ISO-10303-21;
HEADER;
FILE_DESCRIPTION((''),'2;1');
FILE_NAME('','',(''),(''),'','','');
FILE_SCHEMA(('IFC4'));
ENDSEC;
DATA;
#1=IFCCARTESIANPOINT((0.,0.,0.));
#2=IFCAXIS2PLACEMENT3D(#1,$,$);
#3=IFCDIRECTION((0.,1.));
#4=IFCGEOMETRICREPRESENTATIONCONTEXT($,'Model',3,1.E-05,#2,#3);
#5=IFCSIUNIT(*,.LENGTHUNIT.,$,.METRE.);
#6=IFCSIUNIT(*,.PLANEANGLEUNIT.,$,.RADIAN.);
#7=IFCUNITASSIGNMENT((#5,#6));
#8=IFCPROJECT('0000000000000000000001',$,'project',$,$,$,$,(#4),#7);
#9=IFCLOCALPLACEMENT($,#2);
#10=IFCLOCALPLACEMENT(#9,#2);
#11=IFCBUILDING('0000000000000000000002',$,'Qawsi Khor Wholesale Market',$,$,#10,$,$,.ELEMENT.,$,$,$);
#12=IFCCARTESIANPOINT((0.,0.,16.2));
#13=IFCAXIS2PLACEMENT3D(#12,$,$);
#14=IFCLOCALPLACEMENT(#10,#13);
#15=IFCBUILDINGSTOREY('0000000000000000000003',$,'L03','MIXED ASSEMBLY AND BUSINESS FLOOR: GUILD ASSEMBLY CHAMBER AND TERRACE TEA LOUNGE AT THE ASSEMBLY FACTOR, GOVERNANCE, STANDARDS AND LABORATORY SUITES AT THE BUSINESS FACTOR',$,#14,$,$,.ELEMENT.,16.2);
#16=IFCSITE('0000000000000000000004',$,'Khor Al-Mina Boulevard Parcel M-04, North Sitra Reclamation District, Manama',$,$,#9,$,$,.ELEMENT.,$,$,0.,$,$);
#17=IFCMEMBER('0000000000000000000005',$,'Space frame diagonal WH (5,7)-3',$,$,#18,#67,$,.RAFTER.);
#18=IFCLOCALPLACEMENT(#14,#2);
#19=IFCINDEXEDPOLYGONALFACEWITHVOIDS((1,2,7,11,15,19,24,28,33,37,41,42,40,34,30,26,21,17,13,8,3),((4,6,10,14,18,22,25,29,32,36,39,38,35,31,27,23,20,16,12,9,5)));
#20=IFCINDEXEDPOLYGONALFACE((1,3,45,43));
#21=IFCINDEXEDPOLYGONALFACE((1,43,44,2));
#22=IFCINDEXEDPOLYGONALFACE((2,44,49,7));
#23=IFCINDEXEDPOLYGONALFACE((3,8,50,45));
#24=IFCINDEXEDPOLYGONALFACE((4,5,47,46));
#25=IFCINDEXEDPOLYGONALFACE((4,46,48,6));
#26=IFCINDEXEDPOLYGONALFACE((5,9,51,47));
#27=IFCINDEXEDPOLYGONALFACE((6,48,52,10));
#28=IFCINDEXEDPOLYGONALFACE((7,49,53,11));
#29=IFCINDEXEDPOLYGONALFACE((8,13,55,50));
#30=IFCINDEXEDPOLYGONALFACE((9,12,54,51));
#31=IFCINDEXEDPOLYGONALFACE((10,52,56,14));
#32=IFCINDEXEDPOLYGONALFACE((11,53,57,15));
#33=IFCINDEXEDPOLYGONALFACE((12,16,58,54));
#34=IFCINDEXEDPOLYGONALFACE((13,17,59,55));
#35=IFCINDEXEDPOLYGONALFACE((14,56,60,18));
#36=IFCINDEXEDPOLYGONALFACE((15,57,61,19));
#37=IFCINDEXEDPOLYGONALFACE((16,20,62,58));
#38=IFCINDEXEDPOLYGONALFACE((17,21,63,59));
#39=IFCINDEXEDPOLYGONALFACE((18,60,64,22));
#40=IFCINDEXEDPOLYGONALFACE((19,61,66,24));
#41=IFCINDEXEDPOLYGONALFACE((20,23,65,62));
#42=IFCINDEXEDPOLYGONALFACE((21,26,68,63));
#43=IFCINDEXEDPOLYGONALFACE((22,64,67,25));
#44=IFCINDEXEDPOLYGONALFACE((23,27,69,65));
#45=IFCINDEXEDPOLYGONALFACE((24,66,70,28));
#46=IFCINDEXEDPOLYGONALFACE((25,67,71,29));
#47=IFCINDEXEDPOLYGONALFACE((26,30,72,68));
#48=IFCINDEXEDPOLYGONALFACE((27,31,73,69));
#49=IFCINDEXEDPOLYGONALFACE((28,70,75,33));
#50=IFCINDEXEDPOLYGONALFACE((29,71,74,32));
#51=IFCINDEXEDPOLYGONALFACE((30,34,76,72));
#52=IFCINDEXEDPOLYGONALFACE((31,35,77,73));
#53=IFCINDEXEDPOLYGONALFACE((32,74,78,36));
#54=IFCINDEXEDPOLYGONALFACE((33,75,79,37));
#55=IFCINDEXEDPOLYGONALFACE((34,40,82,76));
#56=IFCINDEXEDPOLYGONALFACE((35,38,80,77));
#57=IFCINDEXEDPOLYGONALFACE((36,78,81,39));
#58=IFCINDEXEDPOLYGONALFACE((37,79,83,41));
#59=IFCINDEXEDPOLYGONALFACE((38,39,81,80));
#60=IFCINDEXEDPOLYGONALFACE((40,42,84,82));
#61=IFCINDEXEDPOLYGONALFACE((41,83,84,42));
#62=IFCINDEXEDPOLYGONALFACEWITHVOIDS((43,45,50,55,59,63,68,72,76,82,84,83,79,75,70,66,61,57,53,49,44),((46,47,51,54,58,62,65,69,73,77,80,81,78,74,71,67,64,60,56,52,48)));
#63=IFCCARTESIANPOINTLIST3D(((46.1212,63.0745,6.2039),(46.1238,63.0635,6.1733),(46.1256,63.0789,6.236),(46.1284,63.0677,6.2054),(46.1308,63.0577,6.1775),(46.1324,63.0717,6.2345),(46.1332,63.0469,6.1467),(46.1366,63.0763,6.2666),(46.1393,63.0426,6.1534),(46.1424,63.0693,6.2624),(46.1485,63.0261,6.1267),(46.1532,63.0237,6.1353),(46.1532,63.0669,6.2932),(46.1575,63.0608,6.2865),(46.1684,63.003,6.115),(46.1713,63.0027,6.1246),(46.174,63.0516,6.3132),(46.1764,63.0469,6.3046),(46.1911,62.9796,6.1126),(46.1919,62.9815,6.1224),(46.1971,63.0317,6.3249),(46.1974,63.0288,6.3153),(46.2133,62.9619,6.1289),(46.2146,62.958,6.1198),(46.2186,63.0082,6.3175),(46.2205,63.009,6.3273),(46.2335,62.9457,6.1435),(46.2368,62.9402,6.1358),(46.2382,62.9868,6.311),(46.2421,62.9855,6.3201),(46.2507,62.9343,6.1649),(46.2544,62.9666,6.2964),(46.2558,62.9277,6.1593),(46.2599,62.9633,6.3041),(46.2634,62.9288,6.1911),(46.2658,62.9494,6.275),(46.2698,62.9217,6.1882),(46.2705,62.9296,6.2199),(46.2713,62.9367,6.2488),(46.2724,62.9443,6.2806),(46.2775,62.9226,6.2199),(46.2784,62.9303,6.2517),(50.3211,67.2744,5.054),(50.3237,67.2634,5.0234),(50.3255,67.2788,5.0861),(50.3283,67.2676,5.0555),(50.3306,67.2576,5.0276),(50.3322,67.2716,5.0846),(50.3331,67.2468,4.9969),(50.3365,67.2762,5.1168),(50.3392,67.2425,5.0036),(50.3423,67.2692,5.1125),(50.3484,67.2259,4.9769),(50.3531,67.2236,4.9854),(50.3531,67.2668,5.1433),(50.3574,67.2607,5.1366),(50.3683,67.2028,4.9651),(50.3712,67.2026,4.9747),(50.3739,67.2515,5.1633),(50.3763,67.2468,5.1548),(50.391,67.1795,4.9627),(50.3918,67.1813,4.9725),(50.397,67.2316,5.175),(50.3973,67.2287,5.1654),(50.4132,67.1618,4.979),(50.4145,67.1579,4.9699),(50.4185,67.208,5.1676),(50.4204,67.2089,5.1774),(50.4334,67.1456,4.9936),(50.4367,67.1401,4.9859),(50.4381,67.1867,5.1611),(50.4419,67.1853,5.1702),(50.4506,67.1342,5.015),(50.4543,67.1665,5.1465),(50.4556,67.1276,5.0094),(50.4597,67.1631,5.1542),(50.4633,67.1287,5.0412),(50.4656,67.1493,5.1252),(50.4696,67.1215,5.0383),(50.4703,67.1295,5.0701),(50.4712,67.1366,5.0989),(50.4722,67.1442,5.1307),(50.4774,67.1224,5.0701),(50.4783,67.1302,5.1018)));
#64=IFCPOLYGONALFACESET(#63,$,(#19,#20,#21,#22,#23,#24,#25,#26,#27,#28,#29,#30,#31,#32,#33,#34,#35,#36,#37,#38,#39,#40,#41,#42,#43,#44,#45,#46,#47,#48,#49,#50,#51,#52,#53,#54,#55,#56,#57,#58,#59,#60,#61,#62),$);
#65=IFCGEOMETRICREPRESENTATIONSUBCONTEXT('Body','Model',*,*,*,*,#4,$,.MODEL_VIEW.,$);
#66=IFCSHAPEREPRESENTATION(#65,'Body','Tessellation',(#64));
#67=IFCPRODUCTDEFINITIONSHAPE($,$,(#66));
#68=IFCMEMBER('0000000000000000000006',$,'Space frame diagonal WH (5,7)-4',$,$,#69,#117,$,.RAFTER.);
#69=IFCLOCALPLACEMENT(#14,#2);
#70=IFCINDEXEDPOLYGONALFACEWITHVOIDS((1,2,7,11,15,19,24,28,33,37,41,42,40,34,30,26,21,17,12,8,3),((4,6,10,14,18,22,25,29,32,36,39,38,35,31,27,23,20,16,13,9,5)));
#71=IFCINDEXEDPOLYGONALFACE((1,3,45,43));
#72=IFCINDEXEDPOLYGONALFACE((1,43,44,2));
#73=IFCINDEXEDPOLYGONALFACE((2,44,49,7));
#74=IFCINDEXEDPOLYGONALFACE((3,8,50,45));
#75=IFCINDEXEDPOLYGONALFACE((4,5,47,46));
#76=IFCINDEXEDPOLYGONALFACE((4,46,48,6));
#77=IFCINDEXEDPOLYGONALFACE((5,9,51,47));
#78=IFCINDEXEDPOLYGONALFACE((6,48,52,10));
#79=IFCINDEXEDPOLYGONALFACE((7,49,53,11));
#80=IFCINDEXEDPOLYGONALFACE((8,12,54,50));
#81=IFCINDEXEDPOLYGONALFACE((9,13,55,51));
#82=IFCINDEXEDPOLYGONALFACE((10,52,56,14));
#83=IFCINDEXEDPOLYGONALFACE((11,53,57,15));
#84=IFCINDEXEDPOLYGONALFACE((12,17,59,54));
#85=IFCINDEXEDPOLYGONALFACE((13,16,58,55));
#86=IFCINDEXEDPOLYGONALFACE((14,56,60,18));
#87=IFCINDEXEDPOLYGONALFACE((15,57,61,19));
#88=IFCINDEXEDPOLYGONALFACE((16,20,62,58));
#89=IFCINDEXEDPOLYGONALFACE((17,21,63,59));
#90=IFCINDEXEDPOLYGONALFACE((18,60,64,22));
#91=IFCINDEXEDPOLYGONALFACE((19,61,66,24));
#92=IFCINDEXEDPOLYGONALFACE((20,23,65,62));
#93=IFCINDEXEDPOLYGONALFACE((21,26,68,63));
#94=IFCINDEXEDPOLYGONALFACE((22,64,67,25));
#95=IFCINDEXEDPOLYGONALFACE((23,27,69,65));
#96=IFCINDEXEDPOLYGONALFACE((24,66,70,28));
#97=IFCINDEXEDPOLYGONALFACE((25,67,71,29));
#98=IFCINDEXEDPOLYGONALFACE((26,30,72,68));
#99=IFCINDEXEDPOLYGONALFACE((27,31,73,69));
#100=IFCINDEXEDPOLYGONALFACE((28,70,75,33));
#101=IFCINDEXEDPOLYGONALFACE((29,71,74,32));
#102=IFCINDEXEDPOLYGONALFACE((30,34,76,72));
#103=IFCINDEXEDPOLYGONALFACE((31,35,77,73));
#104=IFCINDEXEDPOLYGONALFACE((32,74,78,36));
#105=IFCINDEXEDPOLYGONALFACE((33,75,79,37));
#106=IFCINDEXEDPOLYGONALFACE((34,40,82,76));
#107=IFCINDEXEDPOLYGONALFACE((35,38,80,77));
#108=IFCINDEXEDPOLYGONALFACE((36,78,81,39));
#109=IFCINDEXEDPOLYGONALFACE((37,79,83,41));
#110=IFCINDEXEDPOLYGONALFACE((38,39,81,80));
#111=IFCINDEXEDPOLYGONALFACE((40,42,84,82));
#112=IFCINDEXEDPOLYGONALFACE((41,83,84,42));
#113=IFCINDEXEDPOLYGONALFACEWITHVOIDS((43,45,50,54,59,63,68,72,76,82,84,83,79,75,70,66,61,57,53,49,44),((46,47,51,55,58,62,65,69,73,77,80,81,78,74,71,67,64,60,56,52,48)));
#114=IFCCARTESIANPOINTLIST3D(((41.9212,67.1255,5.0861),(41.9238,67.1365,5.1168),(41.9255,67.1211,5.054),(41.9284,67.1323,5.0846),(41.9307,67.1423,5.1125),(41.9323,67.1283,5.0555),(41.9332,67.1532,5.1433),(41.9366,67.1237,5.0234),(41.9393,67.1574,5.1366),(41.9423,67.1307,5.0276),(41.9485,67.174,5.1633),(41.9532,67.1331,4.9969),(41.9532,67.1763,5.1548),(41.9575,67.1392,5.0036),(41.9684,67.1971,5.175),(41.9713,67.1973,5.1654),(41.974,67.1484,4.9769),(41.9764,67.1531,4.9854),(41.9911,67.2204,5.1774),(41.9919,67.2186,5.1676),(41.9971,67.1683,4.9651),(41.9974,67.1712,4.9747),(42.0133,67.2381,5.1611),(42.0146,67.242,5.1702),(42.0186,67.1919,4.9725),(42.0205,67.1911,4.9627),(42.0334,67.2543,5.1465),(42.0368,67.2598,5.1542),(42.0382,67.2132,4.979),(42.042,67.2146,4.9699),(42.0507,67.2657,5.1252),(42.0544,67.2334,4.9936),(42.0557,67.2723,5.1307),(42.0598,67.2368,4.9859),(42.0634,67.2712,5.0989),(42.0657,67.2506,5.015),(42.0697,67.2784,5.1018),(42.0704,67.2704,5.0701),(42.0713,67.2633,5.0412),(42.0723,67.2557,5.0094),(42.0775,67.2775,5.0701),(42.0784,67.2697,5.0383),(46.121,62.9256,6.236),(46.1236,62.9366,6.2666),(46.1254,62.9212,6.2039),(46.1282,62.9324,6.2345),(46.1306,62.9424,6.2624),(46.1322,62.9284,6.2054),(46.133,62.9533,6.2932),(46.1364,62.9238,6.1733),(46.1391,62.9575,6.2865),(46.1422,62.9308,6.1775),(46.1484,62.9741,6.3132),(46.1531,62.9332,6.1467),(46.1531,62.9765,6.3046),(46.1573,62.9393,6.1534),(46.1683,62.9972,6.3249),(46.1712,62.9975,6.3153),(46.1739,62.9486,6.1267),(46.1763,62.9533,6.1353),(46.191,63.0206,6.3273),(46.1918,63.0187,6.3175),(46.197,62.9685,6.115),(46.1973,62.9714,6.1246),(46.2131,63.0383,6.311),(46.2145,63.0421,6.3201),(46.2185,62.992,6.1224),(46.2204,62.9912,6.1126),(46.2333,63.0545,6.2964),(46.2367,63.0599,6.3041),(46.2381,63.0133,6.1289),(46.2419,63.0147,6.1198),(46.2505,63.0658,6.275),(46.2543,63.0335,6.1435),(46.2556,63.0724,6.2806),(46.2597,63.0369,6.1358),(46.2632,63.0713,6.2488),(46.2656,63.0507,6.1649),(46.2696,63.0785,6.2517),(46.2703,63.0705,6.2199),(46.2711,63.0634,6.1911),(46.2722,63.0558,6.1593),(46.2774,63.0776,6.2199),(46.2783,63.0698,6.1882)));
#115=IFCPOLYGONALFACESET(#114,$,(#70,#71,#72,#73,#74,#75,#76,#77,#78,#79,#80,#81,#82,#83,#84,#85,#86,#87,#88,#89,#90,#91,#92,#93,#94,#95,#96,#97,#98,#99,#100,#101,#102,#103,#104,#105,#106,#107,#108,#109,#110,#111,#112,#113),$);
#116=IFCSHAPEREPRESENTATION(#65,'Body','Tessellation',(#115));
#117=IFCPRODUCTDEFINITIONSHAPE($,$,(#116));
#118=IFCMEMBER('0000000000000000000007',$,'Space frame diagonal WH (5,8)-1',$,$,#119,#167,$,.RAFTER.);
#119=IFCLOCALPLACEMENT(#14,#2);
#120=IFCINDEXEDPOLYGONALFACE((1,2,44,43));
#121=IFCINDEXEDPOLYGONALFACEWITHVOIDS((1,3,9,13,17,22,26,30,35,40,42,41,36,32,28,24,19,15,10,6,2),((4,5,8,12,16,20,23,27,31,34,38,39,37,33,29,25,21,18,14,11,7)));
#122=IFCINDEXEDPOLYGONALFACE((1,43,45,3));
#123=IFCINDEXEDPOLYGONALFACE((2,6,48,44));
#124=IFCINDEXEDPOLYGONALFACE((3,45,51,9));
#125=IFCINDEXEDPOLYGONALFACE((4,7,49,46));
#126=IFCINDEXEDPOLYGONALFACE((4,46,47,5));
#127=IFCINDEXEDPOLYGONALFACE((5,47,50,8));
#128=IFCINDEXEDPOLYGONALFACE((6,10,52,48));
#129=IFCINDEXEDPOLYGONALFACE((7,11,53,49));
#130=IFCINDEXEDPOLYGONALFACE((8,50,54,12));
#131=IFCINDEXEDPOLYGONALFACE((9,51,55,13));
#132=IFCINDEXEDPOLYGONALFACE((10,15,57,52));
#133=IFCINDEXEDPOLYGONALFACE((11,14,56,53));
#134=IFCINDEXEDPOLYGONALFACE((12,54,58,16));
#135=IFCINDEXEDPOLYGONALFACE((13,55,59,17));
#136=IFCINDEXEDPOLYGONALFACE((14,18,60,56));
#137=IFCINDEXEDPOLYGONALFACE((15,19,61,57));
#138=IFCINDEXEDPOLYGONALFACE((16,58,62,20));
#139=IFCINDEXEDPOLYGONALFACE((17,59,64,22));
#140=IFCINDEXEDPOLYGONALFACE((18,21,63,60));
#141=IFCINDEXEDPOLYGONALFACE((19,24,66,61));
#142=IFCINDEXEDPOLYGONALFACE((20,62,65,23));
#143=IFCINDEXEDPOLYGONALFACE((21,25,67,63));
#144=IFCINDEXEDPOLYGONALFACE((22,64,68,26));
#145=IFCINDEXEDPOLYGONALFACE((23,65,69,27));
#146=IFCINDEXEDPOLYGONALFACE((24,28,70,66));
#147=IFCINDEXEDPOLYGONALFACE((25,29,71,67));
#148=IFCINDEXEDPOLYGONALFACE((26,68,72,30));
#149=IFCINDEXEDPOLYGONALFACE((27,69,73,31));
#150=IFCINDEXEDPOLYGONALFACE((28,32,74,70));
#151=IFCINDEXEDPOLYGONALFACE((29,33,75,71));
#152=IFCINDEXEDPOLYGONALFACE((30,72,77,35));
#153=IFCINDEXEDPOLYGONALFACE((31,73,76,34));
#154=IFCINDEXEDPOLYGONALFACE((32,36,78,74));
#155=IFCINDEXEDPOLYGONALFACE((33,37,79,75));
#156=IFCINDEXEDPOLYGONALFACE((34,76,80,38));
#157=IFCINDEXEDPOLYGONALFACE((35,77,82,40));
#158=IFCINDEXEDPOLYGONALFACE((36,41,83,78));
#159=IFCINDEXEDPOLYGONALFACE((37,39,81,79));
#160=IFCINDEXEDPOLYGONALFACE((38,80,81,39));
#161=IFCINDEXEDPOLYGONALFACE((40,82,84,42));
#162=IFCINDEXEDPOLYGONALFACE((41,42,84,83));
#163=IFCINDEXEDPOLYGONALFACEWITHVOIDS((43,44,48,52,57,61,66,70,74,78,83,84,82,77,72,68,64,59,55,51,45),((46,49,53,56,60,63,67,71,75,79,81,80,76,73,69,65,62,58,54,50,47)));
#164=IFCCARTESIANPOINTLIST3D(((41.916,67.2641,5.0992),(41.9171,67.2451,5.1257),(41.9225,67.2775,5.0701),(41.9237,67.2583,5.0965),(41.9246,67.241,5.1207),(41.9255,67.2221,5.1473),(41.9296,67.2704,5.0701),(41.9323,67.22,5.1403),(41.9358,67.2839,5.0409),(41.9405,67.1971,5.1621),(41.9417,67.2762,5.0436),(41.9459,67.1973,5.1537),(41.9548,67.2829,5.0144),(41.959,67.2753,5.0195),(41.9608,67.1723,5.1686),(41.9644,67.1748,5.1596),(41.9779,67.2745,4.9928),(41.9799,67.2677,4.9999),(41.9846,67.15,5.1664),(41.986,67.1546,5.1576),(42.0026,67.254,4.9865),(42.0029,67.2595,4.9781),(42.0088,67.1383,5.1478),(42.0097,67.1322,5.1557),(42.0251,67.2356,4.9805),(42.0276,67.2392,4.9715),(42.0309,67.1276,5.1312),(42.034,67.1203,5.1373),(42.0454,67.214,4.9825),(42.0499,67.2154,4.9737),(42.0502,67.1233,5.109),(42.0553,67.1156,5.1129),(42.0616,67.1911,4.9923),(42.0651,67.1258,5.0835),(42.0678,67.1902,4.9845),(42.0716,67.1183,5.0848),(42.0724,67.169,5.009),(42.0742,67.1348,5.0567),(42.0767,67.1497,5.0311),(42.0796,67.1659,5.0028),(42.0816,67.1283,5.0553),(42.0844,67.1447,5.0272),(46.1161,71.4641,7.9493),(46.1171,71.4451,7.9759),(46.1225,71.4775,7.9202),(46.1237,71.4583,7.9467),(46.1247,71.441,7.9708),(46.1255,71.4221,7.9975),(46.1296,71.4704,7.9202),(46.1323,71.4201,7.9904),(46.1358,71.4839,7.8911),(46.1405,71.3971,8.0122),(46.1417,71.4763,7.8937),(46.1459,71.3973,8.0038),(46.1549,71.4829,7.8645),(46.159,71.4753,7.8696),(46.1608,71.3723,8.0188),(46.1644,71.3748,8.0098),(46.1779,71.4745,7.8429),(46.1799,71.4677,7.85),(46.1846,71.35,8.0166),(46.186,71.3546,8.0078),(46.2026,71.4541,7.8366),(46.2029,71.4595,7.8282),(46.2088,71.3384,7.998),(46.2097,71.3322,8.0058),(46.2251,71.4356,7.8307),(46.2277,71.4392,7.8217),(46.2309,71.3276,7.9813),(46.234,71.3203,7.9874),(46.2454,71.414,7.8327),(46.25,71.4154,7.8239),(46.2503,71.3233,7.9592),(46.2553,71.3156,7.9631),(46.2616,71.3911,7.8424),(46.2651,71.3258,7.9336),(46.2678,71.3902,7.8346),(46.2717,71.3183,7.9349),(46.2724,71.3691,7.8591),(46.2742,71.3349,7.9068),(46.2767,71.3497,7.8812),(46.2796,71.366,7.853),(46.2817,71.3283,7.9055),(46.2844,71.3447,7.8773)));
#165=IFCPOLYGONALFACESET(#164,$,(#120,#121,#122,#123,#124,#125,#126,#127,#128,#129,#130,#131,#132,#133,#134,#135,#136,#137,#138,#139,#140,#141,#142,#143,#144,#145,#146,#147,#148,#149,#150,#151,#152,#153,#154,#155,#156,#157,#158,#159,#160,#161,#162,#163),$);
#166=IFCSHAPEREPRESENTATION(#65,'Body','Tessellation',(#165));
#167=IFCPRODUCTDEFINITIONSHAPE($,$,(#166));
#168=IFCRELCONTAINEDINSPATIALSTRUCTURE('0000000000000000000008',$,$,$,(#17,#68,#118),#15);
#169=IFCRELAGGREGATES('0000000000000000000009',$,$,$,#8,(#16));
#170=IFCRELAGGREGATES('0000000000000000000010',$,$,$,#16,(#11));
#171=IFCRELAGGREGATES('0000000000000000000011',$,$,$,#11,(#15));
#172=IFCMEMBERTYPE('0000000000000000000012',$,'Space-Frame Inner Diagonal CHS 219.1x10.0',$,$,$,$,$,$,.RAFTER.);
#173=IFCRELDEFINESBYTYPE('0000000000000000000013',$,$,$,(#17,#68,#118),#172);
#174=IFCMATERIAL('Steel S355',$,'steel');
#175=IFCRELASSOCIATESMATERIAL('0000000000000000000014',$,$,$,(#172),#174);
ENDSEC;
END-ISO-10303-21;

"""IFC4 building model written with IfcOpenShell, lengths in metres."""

from ifc_helpers import new_model, si_unit, direction, frame, origin, origin_2d, place, context, subcontext, project, spatial, hollow_circle, extrude, material, material_profile, profile_set, type_object, element, save


model = new_model("IFC4")

# Units and contexts
model_context = context("Model", 3, precision=1e-05, world=origin(), true_north=direction((0.0, 1.0)))
body_context = subcontext(model_context, "Body", "Model", "MODEL_VIEW")
ifc_project = project(units=[si_unit("LENGTHUNIT", "METRE"), si_unit("PLANEANGLEUNIT", "RADIAN")], contexts=[model_context])

# Site, building, storey
site_placement = place(None, origin())
site = spatial("IfcSite", under=ifc_project, at=site_placement, Name="Khor Al-Mina Boulevard Parcel M-04, North Sitra Reclamation District, Manama", CompositionType="ELEMENT", RefElevation=0.0)
building_placement = place(site_placement, origin())
building = spatial("IfcBuilding", under=site, at=building_placement, Name="Qawsi Khor Wholesale Market", CompositionType="ELEMENT")
storey_placement = place(building_placement, frame((0.0, 0.0, 16.2)))
storey = spatial("IfcBuildingStorey", under=building, at=storey_placement, Name="L03", Description="MIXED ASSEMBLY AND BUSINESS FLOOR: GUILD ASSEMBLY CHAMBER AND TERRACE TEA LOUNGE AT THE ASSEMBLY FACTOR, GOVERNANCE, STANDARDS AND LABORATORY SUITES AT THE BUSINESS FACTOR", CompositionType="ELEMENT", Elevation=16.2)

# Members
ifc_material_1 = material(Name="Steel S355", Category="steel")
ifc_material_profile_1 = material_profile(ifc_material_1, hollow_circle(Radius=0.1096, WallThickness=0.01, at=origin_2d()), Name="CHS 219.1x10.0")
ifc_profile_set_1 = profile_set([ifc_material_profile_1], Name="Steel S355")
member_type_1 = type_object("IfcMemberType", Name="Space-Frame Inner Diagonal CHS 219.1x10.0", PredefinedType="RAFTER", material=ifc_profile_set_1)
for number, where, z_axis, x_axis, name in (
    (1, (50.3999, 67.2, 5.0701), (-0.694217, -0.694217, 0.190069), (0.707107, -0.707107, 0.0), "Space frame diagonal WH (5,7)-3"),
    (2, (42.0, 67.2, 5.0701), (0.694217, -0.694217, 0.190069), (0.707107, 0.707107, 0.0), "Space frame diagonal WH (5,7)-4"),
):
    element("IfcMember", number, at=place(storey_placement, frame(where, z_axis=z_axis, x_axis=x_axis)), inside=storey, type_object=member_type_1, Name=name, PredefinedType="RAFTER", context=body_context, shape_type="SweptSolid", body=[
        extrude(hollow_circle(Radius=0.1096, WallThickness=0.01, at=origin_2d()), origin(), (0.0, 0.0, 1.0), 6.0498),
    ])
for number, where, z_axis, x_axis, name in (
    (3, (42.0, 67.2, 5.0701), (0.637512, 0.637512, 0.432617), (-0.707107, 0.707107, 0.0), "Space frame diagonal WH (5,8)-1"),
):
    element("IfcMember", number, at=place(storey_placement, frame(where, z_axis=z_axis, x_axis=x_axis)), inside=storey, type_object=member_type_1, Name=name, PredefinedType="RAFTER", context=body_context, shape_type="SweptSolid", body=[
        extrude(hollow_circle(Radius=0.1096, WallThickness=0.01, at=origin_2d()), origin(), (0.0, 0.0, 1.0), 6.5881),
    ])

save(model, "model.ifc")
